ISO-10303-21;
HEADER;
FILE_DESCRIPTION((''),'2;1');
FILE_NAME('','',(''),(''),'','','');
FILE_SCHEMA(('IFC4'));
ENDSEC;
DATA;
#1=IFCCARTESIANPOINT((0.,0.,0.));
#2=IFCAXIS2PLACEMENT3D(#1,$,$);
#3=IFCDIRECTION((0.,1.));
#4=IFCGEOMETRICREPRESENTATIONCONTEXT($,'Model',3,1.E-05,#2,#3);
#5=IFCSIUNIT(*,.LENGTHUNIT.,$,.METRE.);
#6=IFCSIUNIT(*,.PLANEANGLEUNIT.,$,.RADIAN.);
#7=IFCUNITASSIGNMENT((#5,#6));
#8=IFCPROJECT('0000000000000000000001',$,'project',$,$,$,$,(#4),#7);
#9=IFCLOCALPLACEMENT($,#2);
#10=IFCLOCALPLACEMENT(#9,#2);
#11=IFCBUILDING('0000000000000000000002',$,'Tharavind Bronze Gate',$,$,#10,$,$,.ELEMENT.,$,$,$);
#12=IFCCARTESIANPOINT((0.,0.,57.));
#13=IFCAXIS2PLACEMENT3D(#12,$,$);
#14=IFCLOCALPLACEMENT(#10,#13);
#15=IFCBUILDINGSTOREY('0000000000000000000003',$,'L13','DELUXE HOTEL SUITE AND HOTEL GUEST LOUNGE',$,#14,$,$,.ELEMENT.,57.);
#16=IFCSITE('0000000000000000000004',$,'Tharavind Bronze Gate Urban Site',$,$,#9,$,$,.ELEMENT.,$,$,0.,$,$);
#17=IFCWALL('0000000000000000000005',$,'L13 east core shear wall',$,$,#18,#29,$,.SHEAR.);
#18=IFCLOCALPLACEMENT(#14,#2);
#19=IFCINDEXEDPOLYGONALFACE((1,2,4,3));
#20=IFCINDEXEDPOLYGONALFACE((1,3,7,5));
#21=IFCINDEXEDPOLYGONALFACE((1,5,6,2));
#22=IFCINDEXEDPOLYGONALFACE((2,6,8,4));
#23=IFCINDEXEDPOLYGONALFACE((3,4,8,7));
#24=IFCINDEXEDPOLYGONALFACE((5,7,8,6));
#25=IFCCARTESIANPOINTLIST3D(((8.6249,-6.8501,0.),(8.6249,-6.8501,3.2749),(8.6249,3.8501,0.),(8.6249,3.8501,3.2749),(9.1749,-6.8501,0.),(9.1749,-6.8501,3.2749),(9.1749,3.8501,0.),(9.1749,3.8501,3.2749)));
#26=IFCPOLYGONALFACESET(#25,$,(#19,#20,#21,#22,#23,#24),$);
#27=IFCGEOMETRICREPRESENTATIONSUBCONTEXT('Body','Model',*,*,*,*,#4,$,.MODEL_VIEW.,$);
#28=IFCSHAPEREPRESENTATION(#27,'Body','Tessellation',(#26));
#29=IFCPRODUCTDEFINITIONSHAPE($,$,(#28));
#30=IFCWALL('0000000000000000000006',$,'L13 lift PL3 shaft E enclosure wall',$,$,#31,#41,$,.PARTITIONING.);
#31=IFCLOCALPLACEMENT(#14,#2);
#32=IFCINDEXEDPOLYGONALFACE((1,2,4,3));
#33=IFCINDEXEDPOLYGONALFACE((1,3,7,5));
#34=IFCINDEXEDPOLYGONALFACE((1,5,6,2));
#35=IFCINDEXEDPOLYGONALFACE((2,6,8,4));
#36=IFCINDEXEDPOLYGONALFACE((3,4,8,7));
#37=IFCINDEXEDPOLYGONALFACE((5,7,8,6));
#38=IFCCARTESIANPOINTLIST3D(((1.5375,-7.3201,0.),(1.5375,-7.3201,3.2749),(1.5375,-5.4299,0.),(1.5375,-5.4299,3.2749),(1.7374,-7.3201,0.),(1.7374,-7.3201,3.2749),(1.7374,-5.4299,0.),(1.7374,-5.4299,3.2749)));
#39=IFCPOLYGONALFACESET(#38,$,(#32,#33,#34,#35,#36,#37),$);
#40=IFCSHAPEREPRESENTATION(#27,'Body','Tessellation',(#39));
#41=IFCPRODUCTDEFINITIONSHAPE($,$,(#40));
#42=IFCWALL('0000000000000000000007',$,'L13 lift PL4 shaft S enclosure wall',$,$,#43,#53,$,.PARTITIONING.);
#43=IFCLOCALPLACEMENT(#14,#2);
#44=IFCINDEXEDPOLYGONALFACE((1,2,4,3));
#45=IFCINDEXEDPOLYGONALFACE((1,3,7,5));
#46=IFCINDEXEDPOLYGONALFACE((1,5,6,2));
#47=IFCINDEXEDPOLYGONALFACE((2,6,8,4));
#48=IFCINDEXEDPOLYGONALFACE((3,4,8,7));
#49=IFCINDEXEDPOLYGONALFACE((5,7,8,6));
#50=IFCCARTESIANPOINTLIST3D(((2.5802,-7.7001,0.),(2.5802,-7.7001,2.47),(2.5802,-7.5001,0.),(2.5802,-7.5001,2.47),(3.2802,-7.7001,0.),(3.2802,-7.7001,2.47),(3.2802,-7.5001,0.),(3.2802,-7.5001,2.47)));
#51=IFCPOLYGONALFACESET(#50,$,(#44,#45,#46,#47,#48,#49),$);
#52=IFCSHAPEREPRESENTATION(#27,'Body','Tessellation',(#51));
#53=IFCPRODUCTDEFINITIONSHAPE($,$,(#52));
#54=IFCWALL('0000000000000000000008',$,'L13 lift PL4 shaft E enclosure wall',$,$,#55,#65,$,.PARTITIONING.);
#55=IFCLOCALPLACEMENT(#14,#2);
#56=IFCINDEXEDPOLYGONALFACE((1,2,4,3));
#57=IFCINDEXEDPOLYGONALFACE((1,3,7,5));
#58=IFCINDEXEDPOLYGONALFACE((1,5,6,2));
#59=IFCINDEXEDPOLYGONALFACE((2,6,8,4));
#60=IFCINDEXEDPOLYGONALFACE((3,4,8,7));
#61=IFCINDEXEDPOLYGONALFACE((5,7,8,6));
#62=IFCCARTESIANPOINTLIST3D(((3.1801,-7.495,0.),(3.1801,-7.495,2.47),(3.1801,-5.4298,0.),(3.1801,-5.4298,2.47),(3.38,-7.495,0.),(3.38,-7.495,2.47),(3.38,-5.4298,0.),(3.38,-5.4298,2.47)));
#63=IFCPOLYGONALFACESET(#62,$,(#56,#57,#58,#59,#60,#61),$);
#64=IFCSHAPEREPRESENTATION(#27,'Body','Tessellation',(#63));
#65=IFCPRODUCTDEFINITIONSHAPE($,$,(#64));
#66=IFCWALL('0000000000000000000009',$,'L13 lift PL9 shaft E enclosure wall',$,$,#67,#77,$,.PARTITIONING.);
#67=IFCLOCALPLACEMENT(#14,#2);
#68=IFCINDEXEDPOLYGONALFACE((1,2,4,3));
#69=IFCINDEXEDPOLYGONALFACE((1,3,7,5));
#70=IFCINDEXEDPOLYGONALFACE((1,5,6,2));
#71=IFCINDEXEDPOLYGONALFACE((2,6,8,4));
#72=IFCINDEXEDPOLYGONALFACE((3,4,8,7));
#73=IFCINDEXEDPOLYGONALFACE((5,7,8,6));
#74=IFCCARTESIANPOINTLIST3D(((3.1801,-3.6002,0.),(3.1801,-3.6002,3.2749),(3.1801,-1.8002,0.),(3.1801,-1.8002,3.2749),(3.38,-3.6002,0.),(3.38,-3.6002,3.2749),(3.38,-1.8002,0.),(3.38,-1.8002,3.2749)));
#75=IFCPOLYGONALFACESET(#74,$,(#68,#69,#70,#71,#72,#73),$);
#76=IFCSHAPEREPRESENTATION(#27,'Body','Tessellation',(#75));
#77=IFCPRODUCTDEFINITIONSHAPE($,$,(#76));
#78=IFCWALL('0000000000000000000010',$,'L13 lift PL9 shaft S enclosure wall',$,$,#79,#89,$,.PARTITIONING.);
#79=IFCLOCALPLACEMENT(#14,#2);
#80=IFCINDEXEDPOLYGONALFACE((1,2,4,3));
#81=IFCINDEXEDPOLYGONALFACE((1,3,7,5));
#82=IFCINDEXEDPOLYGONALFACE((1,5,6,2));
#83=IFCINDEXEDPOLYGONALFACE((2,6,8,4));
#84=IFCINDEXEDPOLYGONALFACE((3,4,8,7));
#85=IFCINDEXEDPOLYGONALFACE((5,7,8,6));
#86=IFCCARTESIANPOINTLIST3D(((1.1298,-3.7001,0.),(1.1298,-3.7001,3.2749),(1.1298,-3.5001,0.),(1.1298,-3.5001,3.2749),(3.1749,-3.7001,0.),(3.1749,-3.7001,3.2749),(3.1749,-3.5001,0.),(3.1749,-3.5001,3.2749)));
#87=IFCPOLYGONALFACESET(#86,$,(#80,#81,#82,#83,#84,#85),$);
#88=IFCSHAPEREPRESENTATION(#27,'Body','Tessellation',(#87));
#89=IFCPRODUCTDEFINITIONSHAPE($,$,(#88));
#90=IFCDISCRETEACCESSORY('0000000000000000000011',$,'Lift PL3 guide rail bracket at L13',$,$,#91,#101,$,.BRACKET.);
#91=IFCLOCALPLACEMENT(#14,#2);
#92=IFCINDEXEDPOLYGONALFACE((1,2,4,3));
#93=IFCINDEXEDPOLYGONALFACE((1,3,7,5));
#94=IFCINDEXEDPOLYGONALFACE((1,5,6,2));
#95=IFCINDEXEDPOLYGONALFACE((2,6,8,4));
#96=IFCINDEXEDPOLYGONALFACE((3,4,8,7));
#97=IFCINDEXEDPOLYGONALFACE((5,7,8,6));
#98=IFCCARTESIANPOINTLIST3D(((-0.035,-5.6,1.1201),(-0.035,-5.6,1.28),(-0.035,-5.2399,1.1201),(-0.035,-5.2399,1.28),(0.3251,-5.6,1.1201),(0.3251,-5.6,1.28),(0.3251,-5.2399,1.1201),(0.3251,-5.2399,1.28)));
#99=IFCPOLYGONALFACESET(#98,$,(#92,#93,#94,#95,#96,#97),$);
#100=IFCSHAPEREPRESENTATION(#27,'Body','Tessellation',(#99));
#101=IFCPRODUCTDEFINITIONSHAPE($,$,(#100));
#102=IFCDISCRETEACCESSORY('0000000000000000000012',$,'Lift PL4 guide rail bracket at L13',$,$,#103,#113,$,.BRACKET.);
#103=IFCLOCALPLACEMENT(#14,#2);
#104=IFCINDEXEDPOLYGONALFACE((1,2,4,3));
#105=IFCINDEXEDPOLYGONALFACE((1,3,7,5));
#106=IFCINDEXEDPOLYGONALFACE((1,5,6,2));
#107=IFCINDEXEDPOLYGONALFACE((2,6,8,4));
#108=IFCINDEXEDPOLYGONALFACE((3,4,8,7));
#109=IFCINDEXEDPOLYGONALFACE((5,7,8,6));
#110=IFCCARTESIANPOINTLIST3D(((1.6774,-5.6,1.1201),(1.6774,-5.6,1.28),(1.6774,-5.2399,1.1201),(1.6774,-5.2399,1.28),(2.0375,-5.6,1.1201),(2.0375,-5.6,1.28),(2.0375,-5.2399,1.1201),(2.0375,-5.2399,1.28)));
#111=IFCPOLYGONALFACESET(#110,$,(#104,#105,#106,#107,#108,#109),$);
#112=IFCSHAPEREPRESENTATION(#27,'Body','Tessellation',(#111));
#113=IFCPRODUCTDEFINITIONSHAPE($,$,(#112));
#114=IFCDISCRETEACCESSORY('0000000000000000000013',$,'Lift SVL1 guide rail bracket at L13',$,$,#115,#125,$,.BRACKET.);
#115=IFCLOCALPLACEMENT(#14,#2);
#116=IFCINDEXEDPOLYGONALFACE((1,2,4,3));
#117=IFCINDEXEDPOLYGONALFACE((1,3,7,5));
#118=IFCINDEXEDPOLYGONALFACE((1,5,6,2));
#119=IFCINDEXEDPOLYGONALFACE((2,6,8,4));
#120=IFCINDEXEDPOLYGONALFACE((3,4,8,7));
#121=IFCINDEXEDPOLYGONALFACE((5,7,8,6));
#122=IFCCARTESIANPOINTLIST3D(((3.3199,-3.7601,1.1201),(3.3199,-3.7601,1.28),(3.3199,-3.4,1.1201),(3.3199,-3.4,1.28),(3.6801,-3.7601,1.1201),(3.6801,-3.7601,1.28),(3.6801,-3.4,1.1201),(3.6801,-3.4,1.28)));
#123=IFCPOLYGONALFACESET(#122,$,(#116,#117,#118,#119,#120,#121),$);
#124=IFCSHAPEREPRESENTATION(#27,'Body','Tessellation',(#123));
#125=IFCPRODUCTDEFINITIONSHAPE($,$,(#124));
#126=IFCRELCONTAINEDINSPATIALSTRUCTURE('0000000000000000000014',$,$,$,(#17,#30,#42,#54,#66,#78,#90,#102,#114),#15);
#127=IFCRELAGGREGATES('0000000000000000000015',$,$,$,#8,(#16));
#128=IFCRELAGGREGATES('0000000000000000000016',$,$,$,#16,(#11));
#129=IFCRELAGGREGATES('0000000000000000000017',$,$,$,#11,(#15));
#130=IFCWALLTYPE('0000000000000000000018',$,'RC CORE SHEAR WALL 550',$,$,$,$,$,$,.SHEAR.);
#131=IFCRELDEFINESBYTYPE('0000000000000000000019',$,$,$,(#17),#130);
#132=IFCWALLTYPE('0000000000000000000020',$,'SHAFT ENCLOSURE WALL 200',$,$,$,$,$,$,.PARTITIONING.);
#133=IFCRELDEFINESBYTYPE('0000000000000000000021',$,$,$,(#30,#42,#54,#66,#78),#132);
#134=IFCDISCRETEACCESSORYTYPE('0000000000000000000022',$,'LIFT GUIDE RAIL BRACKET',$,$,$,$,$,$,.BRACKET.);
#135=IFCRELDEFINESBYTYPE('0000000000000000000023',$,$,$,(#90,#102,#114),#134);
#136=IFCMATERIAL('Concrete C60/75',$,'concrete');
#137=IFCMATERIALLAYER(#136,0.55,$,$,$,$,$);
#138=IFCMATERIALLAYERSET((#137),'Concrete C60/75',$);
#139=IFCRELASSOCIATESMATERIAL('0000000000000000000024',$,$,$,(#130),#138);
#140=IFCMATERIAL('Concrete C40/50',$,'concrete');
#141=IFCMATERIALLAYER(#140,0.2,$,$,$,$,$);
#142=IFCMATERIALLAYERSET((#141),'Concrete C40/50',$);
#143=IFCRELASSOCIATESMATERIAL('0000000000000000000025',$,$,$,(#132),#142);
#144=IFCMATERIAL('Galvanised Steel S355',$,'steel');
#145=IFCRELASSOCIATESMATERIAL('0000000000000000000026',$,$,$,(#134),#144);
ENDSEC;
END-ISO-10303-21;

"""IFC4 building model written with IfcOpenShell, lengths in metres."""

from ifc_helpers import new_model, si_unit, direction, frame, frame_2d, origin, origin_2d, place, context, subcontext, project, spatial, rectangle, extrude, material, layer, layer_set, type_object, element, save


model = new_model("IFC4")

# Units and contexts
model_context = context("Model", 3, precision=1e-05, world=origin(), true_north=direction((0.0, 1.0)))
body_context = subcontext(model_context, "Body", "Model", "MODEL_VIEW")
ifc_project = project(units=[si_unit("LENGTHUNIT", "METRE"), si_unit("PLANEANGLEUNIT", "RADIAN")], contexts=[model_context])

# Site, building, storey
site_placement = place(None, origin())
site = spatial("IfcSite", under=ifc_project, at=site_placement, Name="Tharavind Bronze Gate Urban Site", CompositionType="ELEMENT", RefElevation=0.0)
building_placement = place(site_placement, origin())
building = spatial("IfcBuilding", under=site, at=building_placement, Name="Tharavind Bronze Gate", CompositionType="ELEMENT")
storey_placement = place(building_placement, frame((0.0, 0.0, 57.0)))
storey = spatial("IfcBuildingStorey", under=building, at=storey_placement, Name="L13", Description="DELUXE HOTEL SUITE AND HOTEL GUEST LOUNGE", CompositionType="ELEMENT", Elevation=57.0)

# Walls
ifc_material_1 = material(Name="Concrete C60/75", Category="concrete")
ifc_layer_1 = layer(ifc_material_1, 0.55)
ifc_layer_set_1 = layer_set([ifc_layer_1], Name="Concrete C60/75")
wall_type_1 = type_object("IfcWallType", Name="RC CORE SHEAR WALL 550", PredefinedType="SHEAR", material=ifc_layer_set_1)
wall_1_placement = place(storey_placement, frame((8.8999, -6.8501, 0.0), z_axis=(0.0, 0.0, 1.0), x_axis=(0.0, 1.0, 0.0)))
element("IfcWall", 1, at=wall_1_placement, inside=storey, type_object=wall_type_1, Name="L13 east core shear wall", PredefinedType="SHEAR", context=body_context, shape_type="SweptSolid", body=[
    extrude(rectangle(XDim=10.7002, YDim=0.55, at=frame_2d((5.3501, 0.0))), origin(), (0.0, 0.0, 1.0), 3.2749),
])
ifc_material_2 = material(Name="Concrete C40/50", Category="concrete")
ifc_layer_2 = layer(ifc_material_2, 0.2)
ifc_layer_set_2 = layer_set([ifc_layer_2], Name="Concrete C40/50")
wall_type_2 = type_object("IfcWallType", Name="SHAFT ENCLOSURE WALL 200", PredefinedType="PARTITIONING", material=ifc_layer_set_2)
wall_2_placement = place(storey_placement, frame((1.6375, -7.3201, 0.0), z_axis=(0.0, 0.0, 1.0), x_axis=(0.0, 1.0, 0.0)))
element("IfcWall", 2, at=wall_2_placement, inside=storey, type_object=wall_type_2, Name="L13 lift PL3 shaft E enclosure wall", PredefinedType="PARTITIONING", context=body_context, shape_type="SweptSolid", body=[
    extrude(rectangle(XDim=1.8901, YDim=0.2, at=frame_2d((0.9451, 0.0))), origin(), (0.0, 0.0, 1.0), 3.2749),
])
wall_3_placement = place(storey_placement, frame((2.5801, -7.6001, 0.0), z_axis=(0.0, 0.0, 1.0), x_axis=(1.0, 0.0, 0.0)))
element("IfcWall", 3, at=wall_3_placement, inside=storey, type_object=wall_type_2, Name="L13 lift PL4 shaft S enclosure wall", PredefinedType="PARTITIONING", context=body_context, shape_type="SweptSolid", body=[
    extrude(rectangle(XDim=0.7, YDim=0.2, at=frame_2d((0.3501, 0.0))), origin(), (0.0, 0.0, 1.0), 2.47),
])
wall_4_placement = place(storey_placement, frame((3.28, -7.4951, 0.0), z_axis=(0.0, 0.0, 1.0), x_axis=(0.0, 1.0, 0.0)))
element("IfcWall", 4, at=wall_4_placement, inside=storey, type_object=wall_type_2, Name="L13 lift PL4 shaft E enclosure wall", PredefinedType="PARTITIONING", context=body_context, shape_type="SweptSolid", body=[
    extrude(rectangle(XDim=2.0652, YDim=0.2, at=frame_2d((1.0327, 0.0))), origin(), (0.0, 0.0, 1.0), 2.47),
])
wall_5_placement = place(storey_placement, frame((3.28, -3.6001, 0.0), z_axis=(0.0, 0.0, 1.0), x_axis=(0.0, 1.0, 0.0)))
element("IfcWall", 5, at=wall_5_placement, inside=storey, type_object=wall_type_2, Name="L13 lift PL9 shaft E enclosure wall", PredefinedType="PARTITIONING", context=body_context, shape_type="SweptSolid", body=[
    extrude(rectangle(XDim=1.8, YDim=0.2, at=frame_2d((0.8999, 0.0))), origin(), (0.0, 0.0, 1.0), 3.2749),
])
wall_6_placement = place(storey_placement, frame((1.1299, -3.6001, 0.0), z_axis=(0.0, 0.0, 1.0), x_axis=(1.0, 0.0, 0.0)))
element("IfcWall", 6, at=wall_6_placement, inside=storey, type_object=wall_type_2, Name="L13 lift PL9 shaft S enclosure wall", PredefinedType="PARTITIONING", context=body_context, shape_type="SweptSolid", body=[
    extrude(rectangle(XDim=2.0452, YDim=0.2, at=frame_2d((1.0225, 0.0))), origin(), (0.0, 0.0, 1.0), 3.2749),
])

# Discrete accessories
ifc_material_3 = material(Name="Galvanised Steel S355", Category="steel")
discrete_accessory_type = type_object("IfcDiscreteAccessoryType", Name="LIFT GUIDE RAIL BRACKET", PredefinedType="BRACKET", material=ifc_material_3)
for number, where, z_axis, x_axis, name in (
    (7, (0.145, -5.4199, 1.1201), (0.0, 0.0, 1.0), (1.0, 0.0, 0.0), "Lift PL3 guide rail bracket at L13"),
    (8, (1.8574, -5.4199, 1.1201), (0.0, 0.0, 1.0), (1.0, 0.0, 0.0), "Lift PL4 guide rail bracket at L13"),
    (9, (3.5, -3.5801, 1.1201), (0.0, 0.0, 1.0), (1.0, 0.0, 0.0), "Lift SVL1 guide rail bracket at L13"),
):
    element("IfcDiscreteAccessory", number, at=place(storey_placement, frame(where, z_axis=z_axis, x_axis=x_axis)), inside=storey, type_object=discrete_accessory_type, Name=name, PredefinedType="BRACKET", context=body_context, shape_type="SweptSolid", body=[
        extrude(rectangle(XDim=0.3601, YDim=0.3601, at=origin_2d()), origin(), (0.0, 0.0, 1.0), 0.1599),
    ])

save(model, "model.ifc")
